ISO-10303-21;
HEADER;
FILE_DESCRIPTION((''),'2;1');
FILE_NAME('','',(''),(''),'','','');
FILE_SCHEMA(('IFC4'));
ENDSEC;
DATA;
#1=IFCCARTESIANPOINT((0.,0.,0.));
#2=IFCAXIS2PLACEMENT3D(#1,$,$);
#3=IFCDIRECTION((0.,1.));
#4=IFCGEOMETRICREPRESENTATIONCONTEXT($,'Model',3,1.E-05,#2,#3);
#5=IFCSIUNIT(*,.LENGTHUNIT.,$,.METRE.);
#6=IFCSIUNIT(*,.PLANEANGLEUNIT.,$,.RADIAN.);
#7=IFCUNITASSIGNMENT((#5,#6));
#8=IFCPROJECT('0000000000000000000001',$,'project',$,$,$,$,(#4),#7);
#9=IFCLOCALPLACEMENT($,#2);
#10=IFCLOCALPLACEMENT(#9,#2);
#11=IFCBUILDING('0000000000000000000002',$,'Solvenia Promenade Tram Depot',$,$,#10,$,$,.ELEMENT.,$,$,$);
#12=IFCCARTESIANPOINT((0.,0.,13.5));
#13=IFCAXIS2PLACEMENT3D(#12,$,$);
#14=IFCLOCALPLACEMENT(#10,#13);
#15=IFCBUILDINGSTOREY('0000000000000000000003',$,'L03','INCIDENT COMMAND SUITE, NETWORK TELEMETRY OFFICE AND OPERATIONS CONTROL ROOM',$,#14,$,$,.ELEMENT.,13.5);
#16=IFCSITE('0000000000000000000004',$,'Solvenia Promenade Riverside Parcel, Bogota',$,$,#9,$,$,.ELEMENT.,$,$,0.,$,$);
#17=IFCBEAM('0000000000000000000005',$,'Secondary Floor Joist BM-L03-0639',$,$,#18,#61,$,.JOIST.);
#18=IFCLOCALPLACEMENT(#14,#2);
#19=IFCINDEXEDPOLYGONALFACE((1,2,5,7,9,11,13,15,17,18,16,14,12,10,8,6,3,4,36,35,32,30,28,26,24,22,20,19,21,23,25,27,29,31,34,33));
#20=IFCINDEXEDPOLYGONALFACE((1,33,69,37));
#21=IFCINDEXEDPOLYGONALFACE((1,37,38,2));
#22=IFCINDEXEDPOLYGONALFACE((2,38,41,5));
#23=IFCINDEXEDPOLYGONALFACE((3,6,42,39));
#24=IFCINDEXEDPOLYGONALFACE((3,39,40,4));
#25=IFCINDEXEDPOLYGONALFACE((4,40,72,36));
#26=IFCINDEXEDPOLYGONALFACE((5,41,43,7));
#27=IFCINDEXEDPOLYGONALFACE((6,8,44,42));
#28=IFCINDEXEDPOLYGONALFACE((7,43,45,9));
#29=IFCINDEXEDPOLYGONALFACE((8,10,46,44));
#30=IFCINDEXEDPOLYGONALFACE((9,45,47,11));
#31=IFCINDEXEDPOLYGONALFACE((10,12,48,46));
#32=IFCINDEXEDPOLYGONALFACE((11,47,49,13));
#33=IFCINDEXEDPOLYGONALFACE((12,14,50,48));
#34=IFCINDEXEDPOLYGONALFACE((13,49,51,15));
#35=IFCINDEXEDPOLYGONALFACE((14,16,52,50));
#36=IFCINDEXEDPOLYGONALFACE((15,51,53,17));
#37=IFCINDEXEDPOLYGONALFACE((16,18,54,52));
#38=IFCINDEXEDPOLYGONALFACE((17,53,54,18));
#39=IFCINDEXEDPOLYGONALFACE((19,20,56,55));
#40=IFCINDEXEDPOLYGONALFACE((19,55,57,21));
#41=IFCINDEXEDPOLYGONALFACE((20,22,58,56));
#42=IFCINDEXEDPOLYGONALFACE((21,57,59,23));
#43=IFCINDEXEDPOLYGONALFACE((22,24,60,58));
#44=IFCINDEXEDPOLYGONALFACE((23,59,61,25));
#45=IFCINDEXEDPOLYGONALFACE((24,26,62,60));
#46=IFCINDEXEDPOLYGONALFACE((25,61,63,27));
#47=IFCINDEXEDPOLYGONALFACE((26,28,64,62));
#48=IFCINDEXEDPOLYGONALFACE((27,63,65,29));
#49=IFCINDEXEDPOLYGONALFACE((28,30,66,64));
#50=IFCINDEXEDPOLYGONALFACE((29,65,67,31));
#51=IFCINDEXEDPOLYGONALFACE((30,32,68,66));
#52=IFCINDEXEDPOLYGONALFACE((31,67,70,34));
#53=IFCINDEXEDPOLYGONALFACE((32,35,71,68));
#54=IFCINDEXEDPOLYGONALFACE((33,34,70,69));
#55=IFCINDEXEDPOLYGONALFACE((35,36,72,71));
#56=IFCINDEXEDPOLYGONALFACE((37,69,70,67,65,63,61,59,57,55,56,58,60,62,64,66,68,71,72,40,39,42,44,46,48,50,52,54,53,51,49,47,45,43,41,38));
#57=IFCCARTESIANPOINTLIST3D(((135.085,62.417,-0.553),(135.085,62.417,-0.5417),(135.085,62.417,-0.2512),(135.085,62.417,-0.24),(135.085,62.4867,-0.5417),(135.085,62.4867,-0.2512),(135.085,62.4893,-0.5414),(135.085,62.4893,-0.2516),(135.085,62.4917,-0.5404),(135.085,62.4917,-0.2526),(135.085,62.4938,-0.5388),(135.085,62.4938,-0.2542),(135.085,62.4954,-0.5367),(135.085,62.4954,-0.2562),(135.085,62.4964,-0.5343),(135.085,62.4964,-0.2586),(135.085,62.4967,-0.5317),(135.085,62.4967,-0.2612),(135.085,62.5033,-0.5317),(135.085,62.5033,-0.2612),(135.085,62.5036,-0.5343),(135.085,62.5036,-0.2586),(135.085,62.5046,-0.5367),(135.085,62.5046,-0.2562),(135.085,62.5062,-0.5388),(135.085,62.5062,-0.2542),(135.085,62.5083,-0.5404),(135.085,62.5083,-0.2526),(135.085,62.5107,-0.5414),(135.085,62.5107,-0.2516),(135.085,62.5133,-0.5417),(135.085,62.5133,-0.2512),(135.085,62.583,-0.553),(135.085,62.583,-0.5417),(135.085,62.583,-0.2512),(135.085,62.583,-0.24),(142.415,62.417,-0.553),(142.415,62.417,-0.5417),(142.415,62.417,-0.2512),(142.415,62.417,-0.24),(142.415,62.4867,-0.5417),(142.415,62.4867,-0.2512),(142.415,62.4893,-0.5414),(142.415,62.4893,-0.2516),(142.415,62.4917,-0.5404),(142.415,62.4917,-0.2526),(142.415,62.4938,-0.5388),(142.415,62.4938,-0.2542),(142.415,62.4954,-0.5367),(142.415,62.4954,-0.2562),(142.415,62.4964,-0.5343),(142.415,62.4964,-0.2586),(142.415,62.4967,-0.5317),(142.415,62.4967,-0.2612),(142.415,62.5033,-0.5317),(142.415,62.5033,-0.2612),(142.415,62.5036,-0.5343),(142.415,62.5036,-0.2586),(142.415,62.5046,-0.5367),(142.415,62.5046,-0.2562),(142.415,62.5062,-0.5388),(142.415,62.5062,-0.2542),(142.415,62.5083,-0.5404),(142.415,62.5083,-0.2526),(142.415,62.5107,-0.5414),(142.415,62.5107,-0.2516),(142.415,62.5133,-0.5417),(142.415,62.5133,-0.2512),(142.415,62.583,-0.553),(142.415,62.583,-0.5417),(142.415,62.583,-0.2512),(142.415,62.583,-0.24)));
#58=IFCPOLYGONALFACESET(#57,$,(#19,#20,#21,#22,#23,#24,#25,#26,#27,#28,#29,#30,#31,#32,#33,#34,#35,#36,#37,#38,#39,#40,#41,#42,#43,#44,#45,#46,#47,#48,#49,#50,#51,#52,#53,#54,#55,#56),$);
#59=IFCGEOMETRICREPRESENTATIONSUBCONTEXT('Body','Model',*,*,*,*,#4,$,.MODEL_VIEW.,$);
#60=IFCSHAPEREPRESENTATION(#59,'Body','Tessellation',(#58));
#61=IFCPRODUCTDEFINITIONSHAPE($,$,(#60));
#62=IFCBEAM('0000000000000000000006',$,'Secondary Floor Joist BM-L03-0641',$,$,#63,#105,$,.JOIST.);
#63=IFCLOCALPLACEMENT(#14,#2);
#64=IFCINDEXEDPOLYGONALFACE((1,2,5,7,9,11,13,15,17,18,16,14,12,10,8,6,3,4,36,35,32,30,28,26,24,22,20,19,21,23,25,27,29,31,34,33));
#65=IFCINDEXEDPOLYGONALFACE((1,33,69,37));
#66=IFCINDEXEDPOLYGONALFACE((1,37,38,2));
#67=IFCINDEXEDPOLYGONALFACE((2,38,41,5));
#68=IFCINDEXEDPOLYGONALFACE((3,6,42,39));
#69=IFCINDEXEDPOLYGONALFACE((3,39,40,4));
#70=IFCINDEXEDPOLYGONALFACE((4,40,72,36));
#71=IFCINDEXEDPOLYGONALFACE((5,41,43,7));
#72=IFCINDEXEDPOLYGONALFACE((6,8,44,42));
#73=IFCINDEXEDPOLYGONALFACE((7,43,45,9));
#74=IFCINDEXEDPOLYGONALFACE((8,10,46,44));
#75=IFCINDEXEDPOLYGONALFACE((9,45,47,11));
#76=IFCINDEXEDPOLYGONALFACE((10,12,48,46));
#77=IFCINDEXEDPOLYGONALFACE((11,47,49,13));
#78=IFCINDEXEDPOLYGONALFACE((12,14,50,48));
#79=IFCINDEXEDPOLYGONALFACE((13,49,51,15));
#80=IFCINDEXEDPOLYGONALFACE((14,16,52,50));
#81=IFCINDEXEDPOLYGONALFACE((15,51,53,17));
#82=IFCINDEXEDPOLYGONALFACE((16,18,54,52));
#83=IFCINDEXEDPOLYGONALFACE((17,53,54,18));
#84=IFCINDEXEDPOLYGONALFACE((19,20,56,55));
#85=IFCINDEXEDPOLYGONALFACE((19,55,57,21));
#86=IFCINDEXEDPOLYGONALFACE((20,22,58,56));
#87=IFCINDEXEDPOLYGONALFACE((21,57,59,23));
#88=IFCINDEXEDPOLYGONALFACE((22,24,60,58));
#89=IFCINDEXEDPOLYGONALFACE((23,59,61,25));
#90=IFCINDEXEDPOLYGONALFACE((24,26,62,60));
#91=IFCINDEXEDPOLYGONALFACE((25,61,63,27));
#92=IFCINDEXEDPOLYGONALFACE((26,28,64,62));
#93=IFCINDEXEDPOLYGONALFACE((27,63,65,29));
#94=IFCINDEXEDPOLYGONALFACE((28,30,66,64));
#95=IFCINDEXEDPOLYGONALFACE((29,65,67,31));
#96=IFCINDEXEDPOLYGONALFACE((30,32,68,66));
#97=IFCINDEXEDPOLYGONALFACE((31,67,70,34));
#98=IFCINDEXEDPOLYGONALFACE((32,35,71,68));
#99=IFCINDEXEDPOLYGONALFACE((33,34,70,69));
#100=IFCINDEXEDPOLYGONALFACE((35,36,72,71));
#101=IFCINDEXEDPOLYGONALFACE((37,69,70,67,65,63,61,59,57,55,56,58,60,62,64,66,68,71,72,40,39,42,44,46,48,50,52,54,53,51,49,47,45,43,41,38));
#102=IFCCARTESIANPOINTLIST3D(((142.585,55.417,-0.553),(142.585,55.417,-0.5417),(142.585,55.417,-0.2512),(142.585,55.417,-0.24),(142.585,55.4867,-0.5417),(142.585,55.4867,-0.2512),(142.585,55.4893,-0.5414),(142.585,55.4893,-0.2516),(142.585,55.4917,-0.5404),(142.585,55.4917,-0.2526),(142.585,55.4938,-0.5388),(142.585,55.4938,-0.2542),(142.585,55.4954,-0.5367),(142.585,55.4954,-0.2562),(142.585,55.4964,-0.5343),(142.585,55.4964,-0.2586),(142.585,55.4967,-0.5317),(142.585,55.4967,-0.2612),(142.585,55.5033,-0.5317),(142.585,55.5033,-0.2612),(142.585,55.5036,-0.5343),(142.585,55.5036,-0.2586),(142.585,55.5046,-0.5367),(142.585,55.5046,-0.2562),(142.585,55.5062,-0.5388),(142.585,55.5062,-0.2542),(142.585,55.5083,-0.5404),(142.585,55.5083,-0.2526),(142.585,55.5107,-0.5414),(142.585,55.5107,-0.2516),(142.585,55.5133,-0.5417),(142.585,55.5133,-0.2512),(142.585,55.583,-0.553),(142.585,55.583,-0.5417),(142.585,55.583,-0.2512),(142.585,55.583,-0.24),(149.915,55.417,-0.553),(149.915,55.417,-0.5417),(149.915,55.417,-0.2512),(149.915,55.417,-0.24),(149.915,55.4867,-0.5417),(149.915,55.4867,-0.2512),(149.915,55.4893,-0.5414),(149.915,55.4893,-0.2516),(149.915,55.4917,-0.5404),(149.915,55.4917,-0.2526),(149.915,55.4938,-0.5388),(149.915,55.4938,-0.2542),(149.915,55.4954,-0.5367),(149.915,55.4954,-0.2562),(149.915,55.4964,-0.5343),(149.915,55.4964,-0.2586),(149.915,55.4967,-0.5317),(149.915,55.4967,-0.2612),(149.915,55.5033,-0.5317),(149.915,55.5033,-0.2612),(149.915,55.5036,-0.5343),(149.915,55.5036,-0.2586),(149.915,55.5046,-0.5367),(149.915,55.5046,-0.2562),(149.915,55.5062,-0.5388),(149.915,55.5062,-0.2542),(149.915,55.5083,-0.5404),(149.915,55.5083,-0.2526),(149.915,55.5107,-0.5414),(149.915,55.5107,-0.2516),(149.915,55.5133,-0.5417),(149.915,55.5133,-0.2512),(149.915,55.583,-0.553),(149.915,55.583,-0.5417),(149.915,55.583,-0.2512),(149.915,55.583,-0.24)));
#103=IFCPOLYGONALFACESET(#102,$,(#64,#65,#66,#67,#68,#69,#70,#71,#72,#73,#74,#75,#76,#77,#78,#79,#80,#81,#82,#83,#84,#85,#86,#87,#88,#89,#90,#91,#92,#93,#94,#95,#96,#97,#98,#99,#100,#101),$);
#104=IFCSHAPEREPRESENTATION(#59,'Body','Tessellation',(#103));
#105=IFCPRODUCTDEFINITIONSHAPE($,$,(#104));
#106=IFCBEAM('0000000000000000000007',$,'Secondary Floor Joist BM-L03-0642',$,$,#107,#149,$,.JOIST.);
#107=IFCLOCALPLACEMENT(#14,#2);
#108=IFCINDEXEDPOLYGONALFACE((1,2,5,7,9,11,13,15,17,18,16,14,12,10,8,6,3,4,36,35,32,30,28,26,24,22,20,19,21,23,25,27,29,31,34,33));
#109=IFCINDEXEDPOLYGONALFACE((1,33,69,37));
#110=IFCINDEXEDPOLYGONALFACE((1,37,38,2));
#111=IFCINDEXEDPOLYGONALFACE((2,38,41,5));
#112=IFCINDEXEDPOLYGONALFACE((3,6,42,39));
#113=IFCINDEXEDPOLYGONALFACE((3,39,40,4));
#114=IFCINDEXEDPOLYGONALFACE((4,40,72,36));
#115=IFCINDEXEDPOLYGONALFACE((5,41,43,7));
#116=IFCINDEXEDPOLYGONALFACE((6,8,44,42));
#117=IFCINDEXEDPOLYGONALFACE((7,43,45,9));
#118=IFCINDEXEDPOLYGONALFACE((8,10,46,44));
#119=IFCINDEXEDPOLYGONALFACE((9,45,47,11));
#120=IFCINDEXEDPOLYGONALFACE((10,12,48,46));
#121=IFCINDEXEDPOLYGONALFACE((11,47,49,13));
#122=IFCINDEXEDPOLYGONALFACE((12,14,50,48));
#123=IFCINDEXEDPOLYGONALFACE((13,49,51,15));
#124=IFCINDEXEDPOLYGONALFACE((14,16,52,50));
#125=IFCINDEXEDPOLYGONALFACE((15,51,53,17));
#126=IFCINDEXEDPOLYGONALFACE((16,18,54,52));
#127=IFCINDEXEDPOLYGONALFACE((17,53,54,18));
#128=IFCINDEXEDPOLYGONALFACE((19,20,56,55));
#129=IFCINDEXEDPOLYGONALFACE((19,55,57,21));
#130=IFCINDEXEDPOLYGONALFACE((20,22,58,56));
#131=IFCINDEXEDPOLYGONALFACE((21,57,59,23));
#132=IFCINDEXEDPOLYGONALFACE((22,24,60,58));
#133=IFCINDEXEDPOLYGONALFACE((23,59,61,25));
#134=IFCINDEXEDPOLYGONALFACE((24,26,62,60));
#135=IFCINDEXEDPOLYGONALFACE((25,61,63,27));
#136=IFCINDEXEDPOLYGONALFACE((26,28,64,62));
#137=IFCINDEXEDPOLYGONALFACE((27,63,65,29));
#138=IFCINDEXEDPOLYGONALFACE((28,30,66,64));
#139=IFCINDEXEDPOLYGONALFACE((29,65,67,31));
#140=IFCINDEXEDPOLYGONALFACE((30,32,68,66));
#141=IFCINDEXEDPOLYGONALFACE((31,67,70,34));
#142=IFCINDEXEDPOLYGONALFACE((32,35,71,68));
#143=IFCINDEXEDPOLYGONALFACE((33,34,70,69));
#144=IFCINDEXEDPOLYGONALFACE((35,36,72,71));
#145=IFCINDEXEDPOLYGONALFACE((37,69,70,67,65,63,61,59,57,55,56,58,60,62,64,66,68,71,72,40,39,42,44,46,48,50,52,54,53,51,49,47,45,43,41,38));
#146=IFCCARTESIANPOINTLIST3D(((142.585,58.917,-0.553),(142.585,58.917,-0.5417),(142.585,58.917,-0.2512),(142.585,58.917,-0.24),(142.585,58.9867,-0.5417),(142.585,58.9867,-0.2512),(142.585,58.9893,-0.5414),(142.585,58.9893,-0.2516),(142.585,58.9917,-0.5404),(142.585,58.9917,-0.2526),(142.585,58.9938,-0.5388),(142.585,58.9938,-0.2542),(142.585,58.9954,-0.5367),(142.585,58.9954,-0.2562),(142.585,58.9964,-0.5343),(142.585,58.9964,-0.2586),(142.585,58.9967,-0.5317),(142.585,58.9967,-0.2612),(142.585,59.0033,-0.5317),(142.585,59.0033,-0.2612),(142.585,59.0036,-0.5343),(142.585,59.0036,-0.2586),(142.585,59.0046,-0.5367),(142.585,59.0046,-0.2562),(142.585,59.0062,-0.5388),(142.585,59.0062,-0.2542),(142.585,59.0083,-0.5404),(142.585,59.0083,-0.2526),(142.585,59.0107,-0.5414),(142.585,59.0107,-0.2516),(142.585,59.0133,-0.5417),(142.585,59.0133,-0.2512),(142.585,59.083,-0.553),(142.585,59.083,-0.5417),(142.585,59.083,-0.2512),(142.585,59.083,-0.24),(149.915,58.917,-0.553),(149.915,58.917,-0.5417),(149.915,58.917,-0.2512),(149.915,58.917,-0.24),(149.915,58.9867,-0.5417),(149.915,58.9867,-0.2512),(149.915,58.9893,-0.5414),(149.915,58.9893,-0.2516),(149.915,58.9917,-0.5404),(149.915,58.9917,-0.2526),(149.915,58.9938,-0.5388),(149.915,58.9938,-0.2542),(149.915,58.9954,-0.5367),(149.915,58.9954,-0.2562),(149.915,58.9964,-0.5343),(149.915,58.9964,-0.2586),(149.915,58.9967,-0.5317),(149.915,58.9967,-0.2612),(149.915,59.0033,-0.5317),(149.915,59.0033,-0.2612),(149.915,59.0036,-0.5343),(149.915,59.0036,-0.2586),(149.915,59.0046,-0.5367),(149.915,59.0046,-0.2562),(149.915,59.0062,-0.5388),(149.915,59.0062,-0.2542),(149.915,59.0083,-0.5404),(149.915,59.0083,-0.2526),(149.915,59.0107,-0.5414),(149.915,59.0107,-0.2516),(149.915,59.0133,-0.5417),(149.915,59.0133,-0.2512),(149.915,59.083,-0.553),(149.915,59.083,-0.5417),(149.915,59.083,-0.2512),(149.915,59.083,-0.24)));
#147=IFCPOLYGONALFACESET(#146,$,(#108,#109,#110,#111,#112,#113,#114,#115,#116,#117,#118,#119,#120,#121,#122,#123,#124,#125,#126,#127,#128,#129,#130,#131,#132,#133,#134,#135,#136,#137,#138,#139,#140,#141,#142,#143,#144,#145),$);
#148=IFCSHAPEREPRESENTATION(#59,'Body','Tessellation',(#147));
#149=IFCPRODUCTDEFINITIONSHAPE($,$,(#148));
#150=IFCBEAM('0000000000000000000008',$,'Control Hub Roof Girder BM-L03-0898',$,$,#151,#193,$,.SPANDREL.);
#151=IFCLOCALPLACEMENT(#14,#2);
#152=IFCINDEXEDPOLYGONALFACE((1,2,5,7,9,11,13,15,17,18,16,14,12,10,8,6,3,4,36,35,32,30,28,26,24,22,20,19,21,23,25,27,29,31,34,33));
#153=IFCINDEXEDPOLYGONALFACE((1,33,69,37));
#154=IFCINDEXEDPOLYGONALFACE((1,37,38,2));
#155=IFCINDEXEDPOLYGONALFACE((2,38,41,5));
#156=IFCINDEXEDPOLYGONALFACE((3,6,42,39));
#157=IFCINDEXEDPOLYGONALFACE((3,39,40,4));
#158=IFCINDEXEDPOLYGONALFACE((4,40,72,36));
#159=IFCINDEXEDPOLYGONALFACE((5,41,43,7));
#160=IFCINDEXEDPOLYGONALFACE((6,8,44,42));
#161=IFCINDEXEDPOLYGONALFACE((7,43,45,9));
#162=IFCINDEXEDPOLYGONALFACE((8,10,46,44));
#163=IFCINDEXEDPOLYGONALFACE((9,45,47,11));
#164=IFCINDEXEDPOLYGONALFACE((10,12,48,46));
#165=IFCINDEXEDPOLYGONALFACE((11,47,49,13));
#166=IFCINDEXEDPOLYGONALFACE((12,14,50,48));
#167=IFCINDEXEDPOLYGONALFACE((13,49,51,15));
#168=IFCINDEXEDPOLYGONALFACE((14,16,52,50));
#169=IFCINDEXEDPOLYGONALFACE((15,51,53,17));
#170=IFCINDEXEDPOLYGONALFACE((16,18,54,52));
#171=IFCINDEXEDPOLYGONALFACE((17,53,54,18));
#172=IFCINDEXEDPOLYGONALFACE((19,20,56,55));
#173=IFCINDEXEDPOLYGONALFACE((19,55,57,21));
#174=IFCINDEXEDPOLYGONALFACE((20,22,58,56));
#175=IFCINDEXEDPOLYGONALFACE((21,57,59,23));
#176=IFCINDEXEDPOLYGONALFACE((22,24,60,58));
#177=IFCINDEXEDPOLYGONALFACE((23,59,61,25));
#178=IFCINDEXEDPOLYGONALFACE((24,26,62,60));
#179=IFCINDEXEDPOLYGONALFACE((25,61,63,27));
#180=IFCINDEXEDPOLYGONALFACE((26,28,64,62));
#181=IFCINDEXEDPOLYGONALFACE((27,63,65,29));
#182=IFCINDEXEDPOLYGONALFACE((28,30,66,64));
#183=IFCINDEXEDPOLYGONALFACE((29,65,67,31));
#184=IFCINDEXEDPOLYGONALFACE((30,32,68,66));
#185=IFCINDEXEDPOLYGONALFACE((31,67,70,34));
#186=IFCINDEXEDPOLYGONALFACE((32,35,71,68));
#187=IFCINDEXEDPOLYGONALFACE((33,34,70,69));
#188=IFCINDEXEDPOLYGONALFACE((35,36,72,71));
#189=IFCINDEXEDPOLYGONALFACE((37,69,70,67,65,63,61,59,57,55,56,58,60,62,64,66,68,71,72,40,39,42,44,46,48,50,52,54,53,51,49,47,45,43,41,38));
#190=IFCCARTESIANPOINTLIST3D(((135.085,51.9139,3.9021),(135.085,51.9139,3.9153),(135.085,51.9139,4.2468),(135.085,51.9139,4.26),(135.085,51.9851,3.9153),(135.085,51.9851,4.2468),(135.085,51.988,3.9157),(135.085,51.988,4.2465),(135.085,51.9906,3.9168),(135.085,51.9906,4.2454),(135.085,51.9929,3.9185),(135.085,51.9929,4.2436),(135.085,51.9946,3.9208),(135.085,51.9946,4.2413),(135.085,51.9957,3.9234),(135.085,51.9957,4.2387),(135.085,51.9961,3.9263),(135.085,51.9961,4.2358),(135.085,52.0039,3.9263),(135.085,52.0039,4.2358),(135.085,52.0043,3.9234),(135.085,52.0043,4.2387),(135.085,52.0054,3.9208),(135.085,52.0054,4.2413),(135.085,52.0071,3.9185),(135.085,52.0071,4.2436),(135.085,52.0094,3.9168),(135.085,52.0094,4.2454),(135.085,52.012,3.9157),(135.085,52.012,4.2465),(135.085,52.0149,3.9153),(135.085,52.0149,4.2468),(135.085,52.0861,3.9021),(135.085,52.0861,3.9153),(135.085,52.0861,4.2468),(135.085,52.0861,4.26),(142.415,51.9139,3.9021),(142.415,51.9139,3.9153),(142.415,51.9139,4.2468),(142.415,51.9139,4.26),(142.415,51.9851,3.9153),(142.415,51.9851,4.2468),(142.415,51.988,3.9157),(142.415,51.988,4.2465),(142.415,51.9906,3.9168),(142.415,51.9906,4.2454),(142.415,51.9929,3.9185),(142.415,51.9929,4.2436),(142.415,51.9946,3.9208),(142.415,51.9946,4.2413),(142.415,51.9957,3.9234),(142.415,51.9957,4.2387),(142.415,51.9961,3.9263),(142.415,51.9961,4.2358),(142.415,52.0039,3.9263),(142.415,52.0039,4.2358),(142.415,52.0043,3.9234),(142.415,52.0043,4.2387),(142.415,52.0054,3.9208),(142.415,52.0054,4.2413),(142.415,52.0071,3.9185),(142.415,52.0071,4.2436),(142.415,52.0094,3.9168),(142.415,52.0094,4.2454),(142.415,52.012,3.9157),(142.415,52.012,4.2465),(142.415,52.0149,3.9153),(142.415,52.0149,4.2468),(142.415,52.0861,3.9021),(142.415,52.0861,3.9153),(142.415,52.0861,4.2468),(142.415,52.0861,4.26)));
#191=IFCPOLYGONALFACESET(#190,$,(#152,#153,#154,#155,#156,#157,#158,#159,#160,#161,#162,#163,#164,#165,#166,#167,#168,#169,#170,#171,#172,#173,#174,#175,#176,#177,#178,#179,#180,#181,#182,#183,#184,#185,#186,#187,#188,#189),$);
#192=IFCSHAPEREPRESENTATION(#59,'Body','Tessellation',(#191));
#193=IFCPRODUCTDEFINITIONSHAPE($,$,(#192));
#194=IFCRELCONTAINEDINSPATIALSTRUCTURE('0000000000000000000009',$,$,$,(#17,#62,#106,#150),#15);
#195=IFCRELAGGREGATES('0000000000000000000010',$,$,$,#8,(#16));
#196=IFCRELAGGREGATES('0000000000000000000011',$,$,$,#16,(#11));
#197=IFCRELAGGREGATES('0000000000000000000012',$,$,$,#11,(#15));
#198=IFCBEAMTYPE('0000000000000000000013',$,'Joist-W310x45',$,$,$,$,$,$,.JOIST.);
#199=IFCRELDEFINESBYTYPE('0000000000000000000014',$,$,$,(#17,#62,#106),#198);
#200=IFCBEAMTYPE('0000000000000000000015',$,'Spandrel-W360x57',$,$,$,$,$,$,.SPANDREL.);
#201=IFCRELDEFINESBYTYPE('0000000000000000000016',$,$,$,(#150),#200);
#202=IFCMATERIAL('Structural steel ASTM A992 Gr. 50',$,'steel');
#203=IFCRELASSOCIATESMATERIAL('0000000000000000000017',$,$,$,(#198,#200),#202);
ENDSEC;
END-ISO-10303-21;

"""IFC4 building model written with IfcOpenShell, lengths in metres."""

from ifc_helpers import new_model, si_unit, direction, frame, origin, origin_2d, place, context, subcontext, project, spatial, i_section, extrude, material, material_profile, profile_set, type_object, element, save


model = new_model("IFC4")

# Units and contexts
model_context = context("Model", 3, precision=1e-05, world=origin(), true_north=direction((0.0, 1.0)))
body_context = subcontext(model_context, "Body", "Model", "MODEL_VIEW")
ifc_project = project(units=[si_unit("LENGTHUNIT", "METRE"), si_unit("PLANEANGLEUNIT", "RADIAN")], contexts=[model_context])

# Site, building, storey
site_placement = place(None, origin())
site = spatial("IfcSite", under=ifc_project, at=site_placement, Name="Solvenia Promenade Riverside Parcel, Bogota", CompositionType="ELEMENT", RefElevation=0.0)
building_placement = place(site_placement, origin())
building = spatial("IfcBuilding", under=site, at=building_placement, Name="Solvenia Promenade Tram Depot", CompositionType="ELEMENT")
storey_placement = place(building_placement, frame((0.0, 0.0, 13.5)))
storey = spatial("IfcBuildingStorey", under=building, at=storey_placement, Name="L03", Description="INCIDENT COMMAND SUITE, NETWORK TELEMETRY OFFICE AND OPERATIONS CONTROL ROOM", CompositionType="ELEMENT", Elevation=13.5)

# Shared definitions
ifc_material_1 = material(Name="Structural steel ASTM A992 Gr. 50", Category="steel")

# Beams
ifc_material_profile_1 = material_profile(ifc_material_1, i_section(OverallWidth=0.166, OverallDepth=0.313, WebThickness=0.0066, FlangeThickness=0.0112, FilletRadius=0.01, at=origin_2d()), Name="W310x45", Category="steel")
ifc_profile_set_1 = profile_set([ifc_material_profile_1], Name="Structural steel ASTM A992 Gr. 50")
beam_type_1 = type_object("IfcBeamType", Name="Joist-W310x45", PredefinedType="JOIST", material=ifc_profile_set_1)
for number, where, z_axis, x_axis, name in (
    (1, (135.085, 62.5, -0.3965), (1.0, 0.0, 0.0), (0.0, 1.0, 0.0), "Secondary Floor Joist BM-L03-0639"),
    (2, (142.585, 55.5, -0.3965), (1.0, 0.0, 0.0), (0.0, 1.0, 0.0), "Secondary Floor Joist BM-L03-0641"),
    (3, (142.585, 59.0, -0.3965), (1.0, 0.0, 0.0), (0.0, 1.0, 0.0), "Secondary Floor Joist BM-L03-0642"),
):
    element("IfcBeam", number, at=place(storey_placement, frame(where, z_axis=z_axis, x_axis=x_axis)), inside=storey, type_object=beam_type_1, Name=name, PredefinedType="JOIST", context=body_context, shape_type="SweptSolid", body=[
        extrude(i_section(OverallWidth=0.166, OverallDepth=0.313, WebThickness=0.0066, FlangeThickness=0.0112, FilletRadius=0.01, at=origin_2d()), origin(), (0.0, 0.0, 1.0), 7.3301),
    ])
ifc_material_profile_2 = material_profile(ifc_material_1, i_section(OverallWidth=0.1721, OverallDepth=0.3579, WebThickness=0.0078, FlangeThickness=0.0132, FilletRadius=0.011, at=origin_2d()), Name="W360x57", Category="steel")
ifc_profile_set_2 = profile_set([ifc_material_profile_2], Name="Structural steel ASTM A992 Gr. 50")
beam_type_2 = type_object("IfcBeamType", Name="Spandrel-W360x57", PredefinedType="SPANDREL", material=ifc_profile_set_2)
beam_placement = place(storey_placement, frame((135.085, 52.0, 4.0811), z_axis=(1.0, 0.0, 0.0), x_axis=(0.0, 1.0, 0.0)))
element("IfcBeam", 4, at=beam_placement, inside=storey, type_object=beam_type_2, Name="Control Hub Roof Girder BM-L03-0898", PredefinedType="SPANDREL", context=body_context, shape_type="SweptSolid", body=[
    extrude(i_section(OverallWidth=0.1721, OverallDepth=0.3579, WebThickness=0.0078, FlangeThickness=0.0132, FilletRadius=0.011, at=origin_2d()), origin(), (0.0, 0.0, 1.0), 7.3301),
])

save(model, "model.ifc")
